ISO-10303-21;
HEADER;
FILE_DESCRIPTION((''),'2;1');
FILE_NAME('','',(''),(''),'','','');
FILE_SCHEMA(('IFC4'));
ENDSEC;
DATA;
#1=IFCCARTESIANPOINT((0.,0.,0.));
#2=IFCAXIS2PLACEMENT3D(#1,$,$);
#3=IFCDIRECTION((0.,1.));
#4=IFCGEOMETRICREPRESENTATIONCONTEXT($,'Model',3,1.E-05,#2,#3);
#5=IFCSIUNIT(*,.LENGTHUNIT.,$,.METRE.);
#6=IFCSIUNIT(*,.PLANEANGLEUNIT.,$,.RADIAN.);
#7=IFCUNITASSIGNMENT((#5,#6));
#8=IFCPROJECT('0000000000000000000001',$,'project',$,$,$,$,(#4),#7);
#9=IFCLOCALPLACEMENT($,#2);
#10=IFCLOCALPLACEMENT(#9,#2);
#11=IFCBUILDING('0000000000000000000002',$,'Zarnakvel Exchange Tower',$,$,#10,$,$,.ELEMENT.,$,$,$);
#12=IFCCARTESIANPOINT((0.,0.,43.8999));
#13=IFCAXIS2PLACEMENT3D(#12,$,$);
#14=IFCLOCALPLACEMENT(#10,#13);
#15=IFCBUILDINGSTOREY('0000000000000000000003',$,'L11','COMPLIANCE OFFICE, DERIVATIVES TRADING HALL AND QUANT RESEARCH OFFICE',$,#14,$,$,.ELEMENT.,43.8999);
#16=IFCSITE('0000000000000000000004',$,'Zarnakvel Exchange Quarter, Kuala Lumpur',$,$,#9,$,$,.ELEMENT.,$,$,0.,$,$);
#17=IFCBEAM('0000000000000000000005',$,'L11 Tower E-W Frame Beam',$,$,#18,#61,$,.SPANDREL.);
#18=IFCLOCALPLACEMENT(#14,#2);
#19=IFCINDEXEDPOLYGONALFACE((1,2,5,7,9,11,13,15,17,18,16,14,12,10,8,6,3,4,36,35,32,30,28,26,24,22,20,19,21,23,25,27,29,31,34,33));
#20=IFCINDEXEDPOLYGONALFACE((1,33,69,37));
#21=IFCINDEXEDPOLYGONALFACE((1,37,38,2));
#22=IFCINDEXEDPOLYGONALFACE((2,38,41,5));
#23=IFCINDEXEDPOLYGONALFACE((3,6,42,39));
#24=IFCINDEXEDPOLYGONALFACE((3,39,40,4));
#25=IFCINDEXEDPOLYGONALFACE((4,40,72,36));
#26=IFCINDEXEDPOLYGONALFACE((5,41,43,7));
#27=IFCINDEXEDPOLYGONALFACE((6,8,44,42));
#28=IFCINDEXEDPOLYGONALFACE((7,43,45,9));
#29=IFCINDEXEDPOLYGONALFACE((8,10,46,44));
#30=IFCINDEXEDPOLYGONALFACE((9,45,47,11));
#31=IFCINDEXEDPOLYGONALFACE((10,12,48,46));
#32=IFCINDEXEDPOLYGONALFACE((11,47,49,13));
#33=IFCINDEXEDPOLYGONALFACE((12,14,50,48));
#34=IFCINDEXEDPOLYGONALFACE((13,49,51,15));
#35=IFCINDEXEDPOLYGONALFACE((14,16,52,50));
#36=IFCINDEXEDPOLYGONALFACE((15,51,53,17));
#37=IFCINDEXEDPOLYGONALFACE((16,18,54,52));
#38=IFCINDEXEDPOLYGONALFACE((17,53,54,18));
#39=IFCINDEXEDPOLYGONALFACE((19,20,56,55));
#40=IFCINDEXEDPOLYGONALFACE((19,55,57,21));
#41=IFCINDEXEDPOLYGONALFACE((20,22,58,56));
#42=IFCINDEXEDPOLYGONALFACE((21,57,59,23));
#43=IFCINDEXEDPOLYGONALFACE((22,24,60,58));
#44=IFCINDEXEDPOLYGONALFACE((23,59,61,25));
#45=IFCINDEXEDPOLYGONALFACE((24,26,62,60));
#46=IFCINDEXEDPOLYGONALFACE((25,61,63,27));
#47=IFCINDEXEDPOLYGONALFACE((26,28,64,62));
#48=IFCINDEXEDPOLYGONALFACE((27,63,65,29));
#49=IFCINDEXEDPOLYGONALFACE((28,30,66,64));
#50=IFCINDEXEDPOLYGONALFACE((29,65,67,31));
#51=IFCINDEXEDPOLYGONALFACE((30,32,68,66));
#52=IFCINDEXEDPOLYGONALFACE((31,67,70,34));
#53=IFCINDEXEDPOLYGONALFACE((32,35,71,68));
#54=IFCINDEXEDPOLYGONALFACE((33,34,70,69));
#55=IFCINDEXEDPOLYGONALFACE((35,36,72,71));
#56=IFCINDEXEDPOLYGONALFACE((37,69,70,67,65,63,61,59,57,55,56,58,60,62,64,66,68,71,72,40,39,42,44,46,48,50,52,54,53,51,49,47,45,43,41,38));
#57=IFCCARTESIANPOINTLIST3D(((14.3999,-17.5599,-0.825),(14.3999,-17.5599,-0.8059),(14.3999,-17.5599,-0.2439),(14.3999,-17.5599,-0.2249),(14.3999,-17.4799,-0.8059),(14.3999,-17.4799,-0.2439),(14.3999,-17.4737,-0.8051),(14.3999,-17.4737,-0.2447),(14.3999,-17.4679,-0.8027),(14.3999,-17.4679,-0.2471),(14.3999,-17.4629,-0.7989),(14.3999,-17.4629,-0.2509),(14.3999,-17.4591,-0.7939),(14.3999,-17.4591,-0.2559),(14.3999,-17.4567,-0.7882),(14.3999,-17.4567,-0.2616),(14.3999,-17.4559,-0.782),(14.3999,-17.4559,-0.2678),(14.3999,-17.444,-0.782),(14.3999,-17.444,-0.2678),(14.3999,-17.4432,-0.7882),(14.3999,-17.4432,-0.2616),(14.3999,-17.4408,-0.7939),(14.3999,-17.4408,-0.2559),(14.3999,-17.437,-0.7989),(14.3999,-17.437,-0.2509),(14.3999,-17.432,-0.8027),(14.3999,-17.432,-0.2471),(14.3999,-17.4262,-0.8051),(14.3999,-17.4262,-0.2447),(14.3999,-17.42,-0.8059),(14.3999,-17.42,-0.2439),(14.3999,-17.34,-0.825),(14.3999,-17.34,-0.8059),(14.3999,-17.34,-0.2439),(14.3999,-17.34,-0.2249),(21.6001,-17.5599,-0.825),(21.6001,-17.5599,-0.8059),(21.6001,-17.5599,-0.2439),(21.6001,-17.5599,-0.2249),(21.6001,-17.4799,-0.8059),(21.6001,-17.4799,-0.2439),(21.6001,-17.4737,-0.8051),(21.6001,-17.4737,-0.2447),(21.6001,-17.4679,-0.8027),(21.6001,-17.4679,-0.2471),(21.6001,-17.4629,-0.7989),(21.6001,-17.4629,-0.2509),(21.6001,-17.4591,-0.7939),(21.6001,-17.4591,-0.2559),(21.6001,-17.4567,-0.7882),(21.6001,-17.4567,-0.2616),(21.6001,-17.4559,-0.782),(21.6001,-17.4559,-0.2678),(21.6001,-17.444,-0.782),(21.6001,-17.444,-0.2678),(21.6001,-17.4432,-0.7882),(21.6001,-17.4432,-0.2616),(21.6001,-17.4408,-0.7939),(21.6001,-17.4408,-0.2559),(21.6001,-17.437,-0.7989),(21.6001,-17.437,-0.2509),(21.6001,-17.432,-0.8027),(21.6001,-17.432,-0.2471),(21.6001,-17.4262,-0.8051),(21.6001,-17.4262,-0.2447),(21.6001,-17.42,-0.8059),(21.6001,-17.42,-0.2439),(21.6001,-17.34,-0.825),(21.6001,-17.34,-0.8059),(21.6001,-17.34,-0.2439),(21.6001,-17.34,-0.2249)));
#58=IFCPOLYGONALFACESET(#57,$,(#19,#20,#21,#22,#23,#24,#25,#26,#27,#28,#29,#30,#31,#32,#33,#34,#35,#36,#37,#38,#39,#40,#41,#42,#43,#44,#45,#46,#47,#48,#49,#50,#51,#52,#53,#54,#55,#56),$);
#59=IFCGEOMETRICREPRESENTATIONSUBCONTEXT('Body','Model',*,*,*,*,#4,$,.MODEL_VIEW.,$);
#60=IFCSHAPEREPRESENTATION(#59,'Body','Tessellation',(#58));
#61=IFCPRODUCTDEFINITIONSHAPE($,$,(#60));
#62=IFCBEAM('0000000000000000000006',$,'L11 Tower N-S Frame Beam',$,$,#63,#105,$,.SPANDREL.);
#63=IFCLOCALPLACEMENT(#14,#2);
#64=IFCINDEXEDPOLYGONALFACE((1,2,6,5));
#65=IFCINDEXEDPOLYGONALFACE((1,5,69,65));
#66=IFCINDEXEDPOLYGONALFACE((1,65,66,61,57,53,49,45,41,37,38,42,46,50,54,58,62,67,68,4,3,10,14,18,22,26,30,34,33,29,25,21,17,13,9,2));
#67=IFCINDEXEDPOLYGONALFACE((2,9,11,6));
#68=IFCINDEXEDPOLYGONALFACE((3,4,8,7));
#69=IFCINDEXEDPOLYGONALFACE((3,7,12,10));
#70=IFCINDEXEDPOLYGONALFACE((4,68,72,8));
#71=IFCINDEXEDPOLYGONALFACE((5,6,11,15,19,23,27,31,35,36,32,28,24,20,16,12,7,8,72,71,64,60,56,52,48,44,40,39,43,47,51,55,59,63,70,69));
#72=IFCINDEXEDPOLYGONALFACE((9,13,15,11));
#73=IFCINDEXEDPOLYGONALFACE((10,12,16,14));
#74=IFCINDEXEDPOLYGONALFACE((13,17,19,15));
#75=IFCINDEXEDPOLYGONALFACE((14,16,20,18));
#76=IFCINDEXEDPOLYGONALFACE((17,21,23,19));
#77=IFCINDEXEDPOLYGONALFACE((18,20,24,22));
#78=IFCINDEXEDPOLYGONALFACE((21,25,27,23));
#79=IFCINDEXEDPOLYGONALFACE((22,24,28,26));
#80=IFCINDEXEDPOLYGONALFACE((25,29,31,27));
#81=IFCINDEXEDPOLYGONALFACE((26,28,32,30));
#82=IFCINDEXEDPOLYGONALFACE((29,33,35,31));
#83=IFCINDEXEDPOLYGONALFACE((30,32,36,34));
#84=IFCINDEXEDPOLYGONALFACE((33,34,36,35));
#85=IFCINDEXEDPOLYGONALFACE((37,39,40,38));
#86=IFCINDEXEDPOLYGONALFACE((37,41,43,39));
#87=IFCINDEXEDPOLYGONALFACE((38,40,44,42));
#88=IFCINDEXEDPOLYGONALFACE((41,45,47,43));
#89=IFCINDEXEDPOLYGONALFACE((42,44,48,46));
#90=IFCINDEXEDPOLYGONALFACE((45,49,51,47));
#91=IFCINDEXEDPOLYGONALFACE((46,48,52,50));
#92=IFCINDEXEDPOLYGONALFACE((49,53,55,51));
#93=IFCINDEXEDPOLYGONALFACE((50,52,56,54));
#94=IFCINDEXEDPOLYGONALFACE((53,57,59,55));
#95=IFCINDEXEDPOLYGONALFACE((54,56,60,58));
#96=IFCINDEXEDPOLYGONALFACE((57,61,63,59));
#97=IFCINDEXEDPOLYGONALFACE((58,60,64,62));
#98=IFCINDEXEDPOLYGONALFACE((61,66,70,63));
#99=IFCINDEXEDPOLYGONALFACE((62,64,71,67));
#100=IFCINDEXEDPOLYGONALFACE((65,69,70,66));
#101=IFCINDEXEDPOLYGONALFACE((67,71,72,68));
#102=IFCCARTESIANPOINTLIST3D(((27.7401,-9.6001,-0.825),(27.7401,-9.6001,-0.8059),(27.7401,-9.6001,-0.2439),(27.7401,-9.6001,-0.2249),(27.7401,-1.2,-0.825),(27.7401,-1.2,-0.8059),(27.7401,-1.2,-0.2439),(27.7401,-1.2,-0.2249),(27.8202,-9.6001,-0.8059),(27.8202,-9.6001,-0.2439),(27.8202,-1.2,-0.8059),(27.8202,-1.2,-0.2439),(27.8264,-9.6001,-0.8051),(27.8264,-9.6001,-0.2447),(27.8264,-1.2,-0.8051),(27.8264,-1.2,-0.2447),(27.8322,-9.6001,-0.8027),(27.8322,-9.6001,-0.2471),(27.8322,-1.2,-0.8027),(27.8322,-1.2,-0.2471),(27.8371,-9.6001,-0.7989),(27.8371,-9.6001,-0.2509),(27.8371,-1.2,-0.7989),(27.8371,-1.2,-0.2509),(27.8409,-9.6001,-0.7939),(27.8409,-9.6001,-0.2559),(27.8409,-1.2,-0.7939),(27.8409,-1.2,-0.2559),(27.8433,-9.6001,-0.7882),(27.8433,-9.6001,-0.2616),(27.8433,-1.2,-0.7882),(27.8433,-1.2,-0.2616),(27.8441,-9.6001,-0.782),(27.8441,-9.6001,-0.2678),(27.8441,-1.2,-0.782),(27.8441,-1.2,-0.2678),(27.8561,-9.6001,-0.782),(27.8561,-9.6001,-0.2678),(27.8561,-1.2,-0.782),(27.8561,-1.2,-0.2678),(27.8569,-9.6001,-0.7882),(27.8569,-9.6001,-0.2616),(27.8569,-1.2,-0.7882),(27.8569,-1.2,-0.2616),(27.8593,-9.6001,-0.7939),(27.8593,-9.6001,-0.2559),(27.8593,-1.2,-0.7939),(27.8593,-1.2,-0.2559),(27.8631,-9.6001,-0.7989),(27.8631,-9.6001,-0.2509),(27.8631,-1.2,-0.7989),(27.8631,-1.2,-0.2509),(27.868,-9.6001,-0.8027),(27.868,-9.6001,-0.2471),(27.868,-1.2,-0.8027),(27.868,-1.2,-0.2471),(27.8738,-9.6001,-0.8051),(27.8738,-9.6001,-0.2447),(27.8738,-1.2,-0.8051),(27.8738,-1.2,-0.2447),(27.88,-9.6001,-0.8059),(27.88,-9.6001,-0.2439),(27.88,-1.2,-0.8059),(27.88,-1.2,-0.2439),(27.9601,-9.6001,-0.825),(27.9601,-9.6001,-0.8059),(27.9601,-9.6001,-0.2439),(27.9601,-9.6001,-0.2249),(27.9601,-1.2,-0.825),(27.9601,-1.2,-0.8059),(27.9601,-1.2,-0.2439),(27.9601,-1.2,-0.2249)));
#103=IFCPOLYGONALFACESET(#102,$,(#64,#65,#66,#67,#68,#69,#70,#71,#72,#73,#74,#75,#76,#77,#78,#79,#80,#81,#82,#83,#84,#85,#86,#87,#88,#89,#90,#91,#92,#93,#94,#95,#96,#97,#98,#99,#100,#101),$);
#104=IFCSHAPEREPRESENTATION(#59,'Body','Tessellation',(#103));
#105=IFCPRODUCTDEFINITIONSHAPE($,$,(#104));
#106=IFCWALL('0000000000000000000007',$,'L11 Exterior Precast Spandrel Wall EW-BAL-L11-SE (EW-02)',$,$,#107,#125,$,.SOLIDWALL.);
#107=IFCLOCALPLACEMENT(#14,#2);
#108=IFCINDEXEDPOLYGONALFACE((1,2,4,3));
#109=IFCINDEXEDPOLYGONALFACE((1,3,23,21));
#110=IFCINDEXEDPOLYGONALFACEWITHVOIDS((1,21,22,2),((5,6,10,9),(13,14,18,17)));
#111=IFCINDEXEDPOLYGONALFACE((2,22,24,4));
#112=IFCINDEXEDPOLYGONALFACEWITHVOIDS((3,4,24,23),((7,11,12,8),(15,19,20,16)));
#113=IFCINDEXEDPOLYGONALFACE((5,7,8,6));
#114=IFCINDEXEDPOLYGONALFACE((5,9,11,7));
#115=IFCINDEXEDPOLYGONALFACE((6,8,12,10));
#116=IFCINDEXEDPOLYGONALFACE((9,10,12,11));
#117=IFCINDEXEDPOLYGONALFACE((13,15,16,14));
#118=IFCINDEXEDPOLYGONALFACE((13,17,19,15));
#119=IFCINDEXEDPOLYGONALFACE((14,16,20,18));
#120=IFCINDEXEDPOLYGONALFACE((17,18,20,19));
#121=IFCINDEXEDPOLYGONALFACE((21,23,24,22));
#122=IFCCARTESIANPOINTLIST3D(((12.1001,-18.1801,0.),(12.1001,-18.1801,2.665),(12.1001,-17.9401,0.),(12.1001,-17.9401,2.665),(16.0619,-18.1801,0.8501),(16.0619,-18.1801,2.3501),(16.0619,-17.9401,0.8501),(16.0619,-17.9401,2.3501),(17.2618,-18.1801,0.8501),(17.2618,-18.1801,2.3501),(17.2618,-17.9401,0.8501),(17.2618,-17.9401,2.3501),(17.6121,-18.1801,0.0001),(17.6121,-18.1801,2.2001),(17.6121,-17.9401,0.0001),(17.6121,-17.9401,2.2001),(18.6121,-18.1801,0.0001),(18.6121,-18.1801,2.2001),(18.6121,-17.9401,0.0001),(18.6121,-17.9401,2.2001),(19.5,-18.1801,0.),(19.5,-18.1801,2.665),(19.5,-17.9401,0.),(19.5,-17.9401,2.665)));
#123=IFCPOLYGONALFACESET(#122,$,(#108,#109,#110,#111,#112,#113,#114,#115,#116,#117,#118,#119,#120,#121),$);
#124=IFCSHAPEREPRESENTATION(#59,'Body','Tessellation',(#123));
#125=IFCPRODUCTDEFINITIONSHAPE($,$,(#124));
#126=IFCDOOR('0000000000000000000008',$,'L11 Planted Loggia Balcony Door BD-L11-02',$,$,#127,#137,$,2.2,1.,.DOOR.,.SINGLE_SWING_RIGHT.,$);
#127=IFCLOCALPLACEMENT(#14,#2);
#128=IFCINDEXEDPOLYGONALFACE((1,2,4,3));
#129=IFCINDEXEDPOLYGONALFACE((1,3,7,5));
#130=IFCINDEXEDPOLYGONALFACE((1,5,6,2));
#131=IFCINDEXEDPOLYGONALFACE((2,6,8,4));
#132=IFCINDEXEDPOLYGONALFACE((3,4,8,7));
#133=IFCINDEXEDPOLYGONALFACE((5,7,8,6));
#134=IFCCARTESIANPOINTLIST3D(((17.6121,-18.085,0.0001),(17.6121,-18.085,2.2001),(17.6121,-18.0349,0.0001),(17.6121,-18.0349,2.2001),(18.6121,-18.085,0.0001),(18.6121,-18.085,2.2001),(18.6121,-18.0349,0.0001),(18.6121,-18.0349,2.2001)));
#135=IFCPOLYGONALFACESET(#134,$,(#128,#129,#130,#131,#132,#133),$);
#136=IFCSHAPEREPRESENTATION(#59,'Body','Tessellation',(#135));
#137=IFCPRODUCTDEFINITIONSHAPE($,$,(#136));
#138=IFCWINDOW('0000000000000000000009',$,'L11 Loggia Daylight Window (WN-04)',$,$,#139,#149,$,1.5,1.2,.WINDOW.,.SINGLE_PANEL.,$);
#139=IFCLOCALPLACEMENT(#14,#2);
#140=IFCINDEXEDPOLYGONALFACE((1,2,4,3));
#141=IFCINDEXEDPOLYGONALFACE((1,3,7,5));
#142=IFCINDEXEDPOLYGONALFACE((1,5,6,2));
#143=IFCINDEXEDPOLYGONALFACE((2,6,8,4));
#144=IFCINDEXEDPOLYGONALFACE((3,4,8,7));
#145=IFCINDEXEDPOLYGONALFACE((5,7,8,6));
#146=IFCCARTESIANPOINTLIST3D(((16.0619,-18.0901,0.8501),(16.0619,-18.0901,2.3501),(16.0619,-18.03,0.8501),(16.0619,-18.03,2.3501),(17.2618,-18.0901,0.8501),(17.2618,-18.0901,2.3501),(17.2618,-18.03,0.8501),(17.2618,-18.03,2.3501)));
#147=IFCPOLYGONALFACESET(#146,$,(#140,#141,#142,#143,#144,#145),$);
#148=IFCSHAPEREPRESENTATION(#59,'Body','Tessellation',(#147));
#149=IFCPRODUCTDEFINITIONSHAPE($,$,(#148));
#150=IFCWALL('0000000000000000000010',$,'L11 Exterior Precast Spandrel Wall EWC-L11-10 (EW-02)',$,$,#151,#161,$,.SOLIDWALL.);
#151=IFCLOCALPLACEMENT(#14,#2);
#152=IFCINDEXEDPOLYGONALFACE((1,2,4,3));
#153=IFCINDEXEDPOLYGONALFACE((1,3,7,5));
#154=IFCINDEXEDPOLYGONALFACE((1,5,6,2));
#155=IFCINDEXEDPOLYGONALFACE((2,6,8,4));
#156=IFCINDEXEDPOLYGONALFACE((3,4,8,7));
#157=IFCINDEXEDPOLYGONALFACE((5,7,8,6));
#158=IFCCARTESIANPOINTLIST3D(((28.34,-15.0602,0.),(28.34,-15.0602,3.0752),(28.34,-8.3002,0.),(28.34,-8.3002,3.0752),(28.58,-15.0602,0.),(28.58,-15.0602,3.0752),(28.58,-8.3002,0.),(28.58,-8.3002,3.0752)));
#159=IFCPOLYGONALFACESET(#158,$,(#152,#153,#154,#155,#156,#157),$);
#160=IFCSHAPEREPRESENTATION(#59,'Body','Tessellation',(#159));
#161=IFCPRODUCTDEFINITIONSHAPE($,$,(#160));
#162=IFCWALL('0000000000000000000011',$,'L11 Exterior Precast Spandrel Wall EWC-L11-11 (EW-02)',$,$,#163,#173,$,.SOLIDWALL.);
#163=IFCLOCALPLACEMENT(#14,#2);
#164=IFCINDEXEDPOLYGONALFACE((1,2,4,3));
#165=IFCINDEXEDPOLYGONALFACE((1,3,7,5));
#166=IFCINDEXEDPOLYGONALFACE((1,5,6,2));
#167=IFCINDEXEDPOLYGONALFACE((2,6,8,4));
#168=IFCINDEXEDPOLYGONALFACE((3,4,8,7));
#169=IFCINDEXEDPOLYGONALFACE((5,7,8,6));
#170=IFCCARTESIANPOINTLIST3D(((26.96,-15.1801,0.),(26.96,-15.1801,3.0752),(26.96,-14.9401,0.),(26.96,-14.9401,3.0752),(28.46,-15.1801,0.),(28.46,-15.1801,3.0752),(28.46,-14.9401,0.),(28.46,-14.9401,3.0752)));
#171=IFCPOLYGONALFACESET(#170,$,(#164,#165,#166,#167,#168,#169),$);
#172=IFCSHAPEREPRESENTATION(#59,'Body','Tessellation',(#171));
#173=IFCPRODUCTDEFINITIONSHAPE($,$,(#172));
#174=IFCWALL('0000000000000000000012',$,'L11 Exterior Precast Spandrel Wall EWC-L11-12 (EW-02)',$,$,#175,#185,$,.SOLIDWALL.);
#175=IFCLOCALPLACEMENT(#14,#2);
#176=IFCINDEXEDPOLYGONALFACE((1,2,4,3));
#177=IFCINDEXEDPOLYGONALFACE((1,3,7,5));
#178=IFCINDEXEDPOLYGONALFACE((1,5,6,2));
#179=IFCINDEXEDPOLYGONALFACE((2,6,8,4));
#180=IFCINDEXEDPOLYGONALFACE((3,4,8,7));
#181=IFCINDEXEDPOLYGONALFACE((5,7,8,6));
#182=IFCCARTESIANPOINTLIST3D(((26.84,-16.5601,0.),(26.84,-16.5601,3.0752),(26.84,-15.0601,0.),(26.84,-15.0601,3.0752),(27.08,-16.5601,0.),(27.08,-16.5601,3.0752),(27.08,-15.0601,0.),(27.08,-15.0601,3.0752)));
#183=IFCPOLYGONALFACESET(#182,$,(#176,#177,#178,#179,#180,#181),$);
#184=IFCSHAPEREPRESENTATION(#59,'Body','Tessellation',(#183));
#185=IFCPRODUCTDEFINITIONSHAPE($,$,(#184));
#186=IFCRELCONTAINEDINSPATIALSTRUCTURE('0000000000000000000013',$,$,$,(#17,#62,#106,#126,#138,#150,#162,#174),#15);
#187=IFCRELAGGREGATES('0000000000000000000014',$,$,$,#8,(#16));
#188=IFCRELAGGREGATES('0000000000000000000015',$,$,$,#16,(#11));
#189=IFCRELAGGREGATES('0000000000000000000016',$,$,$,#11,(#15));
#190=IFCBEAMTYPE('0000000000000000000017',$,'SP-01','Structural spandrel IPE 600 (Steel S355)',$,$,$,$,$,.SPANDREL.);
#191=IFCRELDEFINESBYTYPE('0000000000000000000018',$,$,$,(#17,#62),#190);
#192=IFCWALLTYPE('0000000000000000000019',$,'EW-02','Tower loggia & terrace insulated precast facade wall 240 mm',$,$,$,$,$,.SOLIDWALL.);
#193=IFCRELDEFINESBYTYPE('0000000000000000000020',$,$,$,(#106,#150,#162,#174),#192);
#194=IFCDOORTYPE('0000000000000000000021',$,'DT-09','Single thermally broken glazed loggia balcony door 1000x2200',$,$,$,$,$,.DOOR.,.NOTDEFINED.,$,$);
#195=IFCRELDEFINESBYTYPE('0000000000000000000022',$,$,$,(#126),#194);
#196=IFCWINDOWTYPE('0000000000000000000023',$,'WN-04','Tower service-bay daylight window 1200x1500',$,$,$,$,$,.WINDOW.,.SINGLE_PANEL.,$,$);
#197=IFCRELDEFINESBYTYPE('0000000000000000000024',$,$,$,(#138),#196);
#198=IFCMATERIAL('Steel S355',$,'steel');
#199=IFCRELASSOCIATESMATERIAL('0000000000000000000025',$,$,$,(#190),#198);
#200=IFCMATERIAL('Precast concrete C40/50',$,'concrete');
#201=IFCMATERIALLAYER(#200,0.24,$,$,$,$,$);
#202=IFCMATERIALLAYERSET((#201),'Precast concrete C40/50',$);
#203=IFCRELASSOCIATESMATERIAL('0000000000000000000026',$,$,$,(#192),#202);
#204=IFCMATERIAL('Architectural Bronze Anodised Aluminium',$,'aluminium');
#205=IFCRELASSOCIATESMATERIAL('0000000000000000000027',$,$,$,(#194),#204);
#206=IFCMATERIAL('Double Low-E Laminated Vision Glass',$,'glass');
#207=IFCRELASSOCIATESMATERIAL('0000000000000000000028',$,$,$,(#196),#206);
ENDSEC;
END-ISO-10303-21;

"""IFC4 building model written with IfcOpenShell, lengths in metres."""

from ifc_helpers import new_model, si_unit, direction, frame, frame_2d, origin, origin_2d, place, context, subcontext, project, spatial, rectangle, i_section, extrude, source, transform, mapped, material, layer, layer_set, material_profile, profile_set, type_object, element, fill, save


model = new_model("IFC4")

# Units and contexts
model_context = context("Model", 3, precision=1e-05, world=origin(), true_north=direction((0.0, 1.0)))
body_context = subcontext(model_context, "Body", "Model", "MODEL_VIEW")
ifc_project = project(units=[si_unit("LENGTHUNIT", "METRE"), si_unit("PLANEANGLEUNIT", "RADIAN")], contexts=[model_context])

# Site, building, storey
site_placement = place(None, origin())
site = spatial("IfcSite", under=ifc_project, at=site_placement, Name="Zarnakvel Exchange Quarter, Kuala Lumpur", CompositionType="ELEMENT", RefElevation=0.0)
building_placement = place(site_placement, origin())
building = spatial("IfcBuilding", under=site, at=building_placement, Name="Zarnakvel Exchange Tower", CompositionType="ELEMENT")
storey_placement = place(building_placement, frame((0.0, 0.0, 43.8999)))
storey = spatial("IfcBuildingStorey", under=building, at=storey_placement, Name="L11", Description="COMPLIANCE OFFICE, DERIVATIVES TRADING HALL AND QUANT RESEARCH OFFICE", CompositionType="ELEMENT", Elevation=43.8999)

# Shared definitions
ifc_material_1 = material(Name="Steel S355", Category="steel")

# Beams
ifc_material_profile_1 = material_profile(ifc_material_1, i_section(OverallWidth=0.22, OverallDepth=0.6001, WebThickness=0.012, FlangeThickness=0.019, FilletRadius=0.0239, at=origin_2d()))
ifc_profile_set_1 = profile_set([ifc_material_profile_1], Name="Steel S355")
beam_type_1 = type_object("IfcBeamType", Name="SP-01", Description="Structural spandrel IPE 600 (Steel S355)", PredefinedType="SPANDREL", material=ifc_profile_set_1)
beam_1_placement = place(storey_placement, frame((14.3999, -17.45, -0.5249), z_axis=(1.0, 0.0, 0.0), x_axis=(0.0, 1.0, 0.0)))
element("IfcBeam", 1, at=beam_1_placement, inside=storey, type_object=beam_type_1, Name="L11 Tower E-W Frame Beam", PredefinedType="SPANDREL", context=body_context, shape_type="SweptSolid", body=[
    extrude(i_section(OverallWidth=0.22, OverallDepth=0.6001, WebThickness=0.012, FlangeThickness=0.019, FilletRadius=0.0239, at=origin_2d()), origin(), (0.0, 0.0, 1.0), 7.2002),
])
beam_2_placement = place(storey_placement, frame((27.8501, -9.6001, -0.5249), z_axis=(0.0, 1.0, 0.0), x_axis=(-1.0, 0.0, 0.0)))
element("IfcBeam", 2, at=beam_2_placement, inside=storey, type_object=beam_type_1, Name="L11 Tower N-S Frame Beam", PredefinedType="SPANDREL", context=body_context, shape_type="SweptSolid", body=[
    extrude(i_section(OverallWidth=0.22, OverallDepth=0.6001, WebThickness=0.012, FlangeThickness=0.019, FilletRadius=0.0239, at=origin_2d()), origin(), (0.0, 0.0, 1.0), 8.4001),
])

# Wall, openings, door, window
ifc_material_2 = material(Name="Precast concrete C40/50", Category="concrete")
ifc_layer_1 = layer(ifc_material_2, 0.24)
ifc_layer_set_1 = layer_set([ifc_layer_1], Name="Precast concrete C40/50")
wall_type_1 = type_object("IfcWallType", Name="EW-02", Description="Tower loggia & terrace insulated precast facade wall 240 mm", PredefinedType="SOLIDWALL", material=ifc_layer_set_1)
wall_1_placement = place(storey_placement, frame((19.5, -18.0601, 0.0), z_axis=(0.0, 0.0, 1.0), x_axis=(-1.0, 0.0, 0.0)))
wall_1 = element("IfcWall", 3, at=wall_1_placement, inside=storey, type_object=wall_type_1, Name="L11 Exterior Precast Spandrel Wall EW-BAL-L11-SE (EW-02)", PredefinedType="SOLIDWALL", context=body_context, shape_type="SweptSolid", body=[
    extrude(rectangle(XDim=7.3999, YDim=0.24, at=frame_2d((3.7, 0.0))), origin(), (0.0, 0.0, 1.0), 2.665),
])
opening_1_placement = place(wall_1_placement, frame((0.8879, 0.0, 0.0)))
opening_1 = element("IfcOpeningElement", 4, at=opening_1_placement, cuts=wall_1, PredefinedType="OPENING", context=body_context, shape_type="SweptSolid", body=[
    extrude(rectangle(XDim=1.0, YDim=2.2, at=frame_2d((0.5, 1.1001))), frame((0.0, 0.1299, 0.0), z_axis=(0.0, -1.0, 0.0), x_axis=(1.0, 0.0, 0.0)), (0.0, 0.0, 1.0), 0.26),
])
opening_2_placement = place(wall_1_placement, frame((2.238, 0.0, 0.8501)))
opening_2 = element("IfcOpeningElement", 5, at=opening_2_placement, cuts=wall_1, PredefinedType="OPENING", context=body_context, shape_type="SweptSolid", body=[
    extrude(rectangle(XDim=1.2, YDim=1.5, at=frame_2d((0.6001, 0.75))), frame((0.0, 0.1299, 0.0), z_axis=(0.0, -1.0, 0.0), x_axis=(1.0, 0.0, 0.0)), (0.0, 0.0, 1.0), 0.26),
])
ifc_material_3 = material(Name="Architectural Bronze Anodised Aluminium", Category="aluminium")
door_type = type_object("IfcDoorType", Name="DT-09", Description="Single thermally broken glazed loggia balcony door 1000x2200", OperationType="NOTDEFINED", PredefinedType="DOOR", material=ifc_material_3)
shared_shape_1 = source(origin(), body_context, "Body", "SweptSolid", [
    extrude(rectangle(XDim=1.0, YDim=2.2, at=frame_2d((0.5, 1.1001))), frame((0.0, 0.0249, 0.0), z_axis=(0.0, -1.0, 0.0), x_axis=(1.0, 0.0, 0.0)), (0.0, 0.0, 1.0), 0.05),
])
door_placement = place(opening_1_placement, origin())
door = element("IfcDoor", 6, at=door_placement, inside=storey, type_object=door_type, Name="L11 Planted Loggia Balcony Door BD-L11-02", OperationType="SINGLE_SWING_RIGHT", OverallHeight=2.2, OverallWidth=1.0, PredefinedType="DOOR", context=body_context, shape_type="MappedRepresentation", body=[
    mapped(shared_shape_1, transform((0.0, 0.0, 0.0), x_axis=(1.0, 0.0, 0.0), y_axis=(0.0, 1.0, 0.0), z_axis=(0.0, 0.0, 1.0), scale=1.0)),
])
fill(opening_1, door)
ifc_material_4 = material(Name="Double Low-E Laminated Vision Glass", Category="glass")
window_type = type_object("IfcWindowType", Name="WN-04", Description="Tower service-bay daylight window 1200x1500", PartitioningType="SINGLE_PANEL", PredefinedType="WINDOW", material=ifc_material_4)
shared_shape_2 = source(origin(), body_context, "Body", "SweptSolid", [
    extrude(rectangle(XDim=1.2, YDim=1.5, at=frame_2d((0.6001, 0.75))), frame((0.0, 0.03, 0.0), z_axis=(0.0, -1.0, 0.0), x_axis=(1.0, 0.0, 0.0)), (0.0, 0.0, 1.0), 0.0601),
])
window_placement = place(opening_2_placement, origin())
window = element("IfcWindow", 7, at=window_placement, inside=storey, type_object=window_type, Name="L11 Loggia Daylight Window (WN-04)", OverallHeight=1.5, OverallWidth=1.2, PartitioningType="SINGLE_PANEL", PredefinedType="WINDOW", context=body_context, shape_type="MappedRepresentation", body=[
    mapped(shared_shape_2, transform((0.0, 0.0, 0.0), x_axis=(1.0, 0.0, 0.0), y_axis=(0.0, 1.0, 0.0), z_axis=(0.0, 0.0, 1.0), scale=1.0)),
])
fill(opening_2, window)

# Walls
wall_2_placement = place(storey_placement, frame((28.46, -15.0601, 0.0), z_axis=(0.0, 0.0, 1.0), x_axis=(0.0, 1.0, 0.0)))
element("IfcWall", 8, at=wall_2_placement, inside=storey, type_object=wall_type_1, Name="L11 Exterior Precast Spandrel Wall EWC-L11-10 (EW-02)", PredefinedType="SOLIDWALL", context=body_context, shape_type="SweptSolid", body=[
    extrude(rectangle(XDim=6.76, YDim=0.24, at=frame_2d((3.3799, 0.0))), origin(), (0.0, 0.0, 1.0), 3.0752),
])
for number, where, z_axis, x_axis, name in (
    (9, (26.96, -15.0601, 0.0), (0.0, 0.0, 1.0), (1.0, 0.0, 0.0), "L11 Exterior Precast Spandrel Wall EWC-L11-11 (EW-02)"),
    (10, (26.96, -16.5601, 0.0), (0.0, 0.0, 1.0), (0.0, 1.0, 0.0), "L11 Exterior Precast Spandrel Wall EWC-L11-12 (EW-02)"),
):
    element("IfcWall", number, at=place(storey_placement, frame(where, z_axis=z_axis, x_axis=x_axis)), inside=storey, type_object=wall_type_1, Name=name, PredefinedType="SOLIDWALL", context=body_context, shape_type="SweptSolid", body=[
        extrude(rectangle(XDim=1.5, YDim=0.24, at=frame_2d((0.75, 0.0))), origin(), (0.0, 0.0, 1.0), 3.0752),
    ])

save(model, "model.ifc")
